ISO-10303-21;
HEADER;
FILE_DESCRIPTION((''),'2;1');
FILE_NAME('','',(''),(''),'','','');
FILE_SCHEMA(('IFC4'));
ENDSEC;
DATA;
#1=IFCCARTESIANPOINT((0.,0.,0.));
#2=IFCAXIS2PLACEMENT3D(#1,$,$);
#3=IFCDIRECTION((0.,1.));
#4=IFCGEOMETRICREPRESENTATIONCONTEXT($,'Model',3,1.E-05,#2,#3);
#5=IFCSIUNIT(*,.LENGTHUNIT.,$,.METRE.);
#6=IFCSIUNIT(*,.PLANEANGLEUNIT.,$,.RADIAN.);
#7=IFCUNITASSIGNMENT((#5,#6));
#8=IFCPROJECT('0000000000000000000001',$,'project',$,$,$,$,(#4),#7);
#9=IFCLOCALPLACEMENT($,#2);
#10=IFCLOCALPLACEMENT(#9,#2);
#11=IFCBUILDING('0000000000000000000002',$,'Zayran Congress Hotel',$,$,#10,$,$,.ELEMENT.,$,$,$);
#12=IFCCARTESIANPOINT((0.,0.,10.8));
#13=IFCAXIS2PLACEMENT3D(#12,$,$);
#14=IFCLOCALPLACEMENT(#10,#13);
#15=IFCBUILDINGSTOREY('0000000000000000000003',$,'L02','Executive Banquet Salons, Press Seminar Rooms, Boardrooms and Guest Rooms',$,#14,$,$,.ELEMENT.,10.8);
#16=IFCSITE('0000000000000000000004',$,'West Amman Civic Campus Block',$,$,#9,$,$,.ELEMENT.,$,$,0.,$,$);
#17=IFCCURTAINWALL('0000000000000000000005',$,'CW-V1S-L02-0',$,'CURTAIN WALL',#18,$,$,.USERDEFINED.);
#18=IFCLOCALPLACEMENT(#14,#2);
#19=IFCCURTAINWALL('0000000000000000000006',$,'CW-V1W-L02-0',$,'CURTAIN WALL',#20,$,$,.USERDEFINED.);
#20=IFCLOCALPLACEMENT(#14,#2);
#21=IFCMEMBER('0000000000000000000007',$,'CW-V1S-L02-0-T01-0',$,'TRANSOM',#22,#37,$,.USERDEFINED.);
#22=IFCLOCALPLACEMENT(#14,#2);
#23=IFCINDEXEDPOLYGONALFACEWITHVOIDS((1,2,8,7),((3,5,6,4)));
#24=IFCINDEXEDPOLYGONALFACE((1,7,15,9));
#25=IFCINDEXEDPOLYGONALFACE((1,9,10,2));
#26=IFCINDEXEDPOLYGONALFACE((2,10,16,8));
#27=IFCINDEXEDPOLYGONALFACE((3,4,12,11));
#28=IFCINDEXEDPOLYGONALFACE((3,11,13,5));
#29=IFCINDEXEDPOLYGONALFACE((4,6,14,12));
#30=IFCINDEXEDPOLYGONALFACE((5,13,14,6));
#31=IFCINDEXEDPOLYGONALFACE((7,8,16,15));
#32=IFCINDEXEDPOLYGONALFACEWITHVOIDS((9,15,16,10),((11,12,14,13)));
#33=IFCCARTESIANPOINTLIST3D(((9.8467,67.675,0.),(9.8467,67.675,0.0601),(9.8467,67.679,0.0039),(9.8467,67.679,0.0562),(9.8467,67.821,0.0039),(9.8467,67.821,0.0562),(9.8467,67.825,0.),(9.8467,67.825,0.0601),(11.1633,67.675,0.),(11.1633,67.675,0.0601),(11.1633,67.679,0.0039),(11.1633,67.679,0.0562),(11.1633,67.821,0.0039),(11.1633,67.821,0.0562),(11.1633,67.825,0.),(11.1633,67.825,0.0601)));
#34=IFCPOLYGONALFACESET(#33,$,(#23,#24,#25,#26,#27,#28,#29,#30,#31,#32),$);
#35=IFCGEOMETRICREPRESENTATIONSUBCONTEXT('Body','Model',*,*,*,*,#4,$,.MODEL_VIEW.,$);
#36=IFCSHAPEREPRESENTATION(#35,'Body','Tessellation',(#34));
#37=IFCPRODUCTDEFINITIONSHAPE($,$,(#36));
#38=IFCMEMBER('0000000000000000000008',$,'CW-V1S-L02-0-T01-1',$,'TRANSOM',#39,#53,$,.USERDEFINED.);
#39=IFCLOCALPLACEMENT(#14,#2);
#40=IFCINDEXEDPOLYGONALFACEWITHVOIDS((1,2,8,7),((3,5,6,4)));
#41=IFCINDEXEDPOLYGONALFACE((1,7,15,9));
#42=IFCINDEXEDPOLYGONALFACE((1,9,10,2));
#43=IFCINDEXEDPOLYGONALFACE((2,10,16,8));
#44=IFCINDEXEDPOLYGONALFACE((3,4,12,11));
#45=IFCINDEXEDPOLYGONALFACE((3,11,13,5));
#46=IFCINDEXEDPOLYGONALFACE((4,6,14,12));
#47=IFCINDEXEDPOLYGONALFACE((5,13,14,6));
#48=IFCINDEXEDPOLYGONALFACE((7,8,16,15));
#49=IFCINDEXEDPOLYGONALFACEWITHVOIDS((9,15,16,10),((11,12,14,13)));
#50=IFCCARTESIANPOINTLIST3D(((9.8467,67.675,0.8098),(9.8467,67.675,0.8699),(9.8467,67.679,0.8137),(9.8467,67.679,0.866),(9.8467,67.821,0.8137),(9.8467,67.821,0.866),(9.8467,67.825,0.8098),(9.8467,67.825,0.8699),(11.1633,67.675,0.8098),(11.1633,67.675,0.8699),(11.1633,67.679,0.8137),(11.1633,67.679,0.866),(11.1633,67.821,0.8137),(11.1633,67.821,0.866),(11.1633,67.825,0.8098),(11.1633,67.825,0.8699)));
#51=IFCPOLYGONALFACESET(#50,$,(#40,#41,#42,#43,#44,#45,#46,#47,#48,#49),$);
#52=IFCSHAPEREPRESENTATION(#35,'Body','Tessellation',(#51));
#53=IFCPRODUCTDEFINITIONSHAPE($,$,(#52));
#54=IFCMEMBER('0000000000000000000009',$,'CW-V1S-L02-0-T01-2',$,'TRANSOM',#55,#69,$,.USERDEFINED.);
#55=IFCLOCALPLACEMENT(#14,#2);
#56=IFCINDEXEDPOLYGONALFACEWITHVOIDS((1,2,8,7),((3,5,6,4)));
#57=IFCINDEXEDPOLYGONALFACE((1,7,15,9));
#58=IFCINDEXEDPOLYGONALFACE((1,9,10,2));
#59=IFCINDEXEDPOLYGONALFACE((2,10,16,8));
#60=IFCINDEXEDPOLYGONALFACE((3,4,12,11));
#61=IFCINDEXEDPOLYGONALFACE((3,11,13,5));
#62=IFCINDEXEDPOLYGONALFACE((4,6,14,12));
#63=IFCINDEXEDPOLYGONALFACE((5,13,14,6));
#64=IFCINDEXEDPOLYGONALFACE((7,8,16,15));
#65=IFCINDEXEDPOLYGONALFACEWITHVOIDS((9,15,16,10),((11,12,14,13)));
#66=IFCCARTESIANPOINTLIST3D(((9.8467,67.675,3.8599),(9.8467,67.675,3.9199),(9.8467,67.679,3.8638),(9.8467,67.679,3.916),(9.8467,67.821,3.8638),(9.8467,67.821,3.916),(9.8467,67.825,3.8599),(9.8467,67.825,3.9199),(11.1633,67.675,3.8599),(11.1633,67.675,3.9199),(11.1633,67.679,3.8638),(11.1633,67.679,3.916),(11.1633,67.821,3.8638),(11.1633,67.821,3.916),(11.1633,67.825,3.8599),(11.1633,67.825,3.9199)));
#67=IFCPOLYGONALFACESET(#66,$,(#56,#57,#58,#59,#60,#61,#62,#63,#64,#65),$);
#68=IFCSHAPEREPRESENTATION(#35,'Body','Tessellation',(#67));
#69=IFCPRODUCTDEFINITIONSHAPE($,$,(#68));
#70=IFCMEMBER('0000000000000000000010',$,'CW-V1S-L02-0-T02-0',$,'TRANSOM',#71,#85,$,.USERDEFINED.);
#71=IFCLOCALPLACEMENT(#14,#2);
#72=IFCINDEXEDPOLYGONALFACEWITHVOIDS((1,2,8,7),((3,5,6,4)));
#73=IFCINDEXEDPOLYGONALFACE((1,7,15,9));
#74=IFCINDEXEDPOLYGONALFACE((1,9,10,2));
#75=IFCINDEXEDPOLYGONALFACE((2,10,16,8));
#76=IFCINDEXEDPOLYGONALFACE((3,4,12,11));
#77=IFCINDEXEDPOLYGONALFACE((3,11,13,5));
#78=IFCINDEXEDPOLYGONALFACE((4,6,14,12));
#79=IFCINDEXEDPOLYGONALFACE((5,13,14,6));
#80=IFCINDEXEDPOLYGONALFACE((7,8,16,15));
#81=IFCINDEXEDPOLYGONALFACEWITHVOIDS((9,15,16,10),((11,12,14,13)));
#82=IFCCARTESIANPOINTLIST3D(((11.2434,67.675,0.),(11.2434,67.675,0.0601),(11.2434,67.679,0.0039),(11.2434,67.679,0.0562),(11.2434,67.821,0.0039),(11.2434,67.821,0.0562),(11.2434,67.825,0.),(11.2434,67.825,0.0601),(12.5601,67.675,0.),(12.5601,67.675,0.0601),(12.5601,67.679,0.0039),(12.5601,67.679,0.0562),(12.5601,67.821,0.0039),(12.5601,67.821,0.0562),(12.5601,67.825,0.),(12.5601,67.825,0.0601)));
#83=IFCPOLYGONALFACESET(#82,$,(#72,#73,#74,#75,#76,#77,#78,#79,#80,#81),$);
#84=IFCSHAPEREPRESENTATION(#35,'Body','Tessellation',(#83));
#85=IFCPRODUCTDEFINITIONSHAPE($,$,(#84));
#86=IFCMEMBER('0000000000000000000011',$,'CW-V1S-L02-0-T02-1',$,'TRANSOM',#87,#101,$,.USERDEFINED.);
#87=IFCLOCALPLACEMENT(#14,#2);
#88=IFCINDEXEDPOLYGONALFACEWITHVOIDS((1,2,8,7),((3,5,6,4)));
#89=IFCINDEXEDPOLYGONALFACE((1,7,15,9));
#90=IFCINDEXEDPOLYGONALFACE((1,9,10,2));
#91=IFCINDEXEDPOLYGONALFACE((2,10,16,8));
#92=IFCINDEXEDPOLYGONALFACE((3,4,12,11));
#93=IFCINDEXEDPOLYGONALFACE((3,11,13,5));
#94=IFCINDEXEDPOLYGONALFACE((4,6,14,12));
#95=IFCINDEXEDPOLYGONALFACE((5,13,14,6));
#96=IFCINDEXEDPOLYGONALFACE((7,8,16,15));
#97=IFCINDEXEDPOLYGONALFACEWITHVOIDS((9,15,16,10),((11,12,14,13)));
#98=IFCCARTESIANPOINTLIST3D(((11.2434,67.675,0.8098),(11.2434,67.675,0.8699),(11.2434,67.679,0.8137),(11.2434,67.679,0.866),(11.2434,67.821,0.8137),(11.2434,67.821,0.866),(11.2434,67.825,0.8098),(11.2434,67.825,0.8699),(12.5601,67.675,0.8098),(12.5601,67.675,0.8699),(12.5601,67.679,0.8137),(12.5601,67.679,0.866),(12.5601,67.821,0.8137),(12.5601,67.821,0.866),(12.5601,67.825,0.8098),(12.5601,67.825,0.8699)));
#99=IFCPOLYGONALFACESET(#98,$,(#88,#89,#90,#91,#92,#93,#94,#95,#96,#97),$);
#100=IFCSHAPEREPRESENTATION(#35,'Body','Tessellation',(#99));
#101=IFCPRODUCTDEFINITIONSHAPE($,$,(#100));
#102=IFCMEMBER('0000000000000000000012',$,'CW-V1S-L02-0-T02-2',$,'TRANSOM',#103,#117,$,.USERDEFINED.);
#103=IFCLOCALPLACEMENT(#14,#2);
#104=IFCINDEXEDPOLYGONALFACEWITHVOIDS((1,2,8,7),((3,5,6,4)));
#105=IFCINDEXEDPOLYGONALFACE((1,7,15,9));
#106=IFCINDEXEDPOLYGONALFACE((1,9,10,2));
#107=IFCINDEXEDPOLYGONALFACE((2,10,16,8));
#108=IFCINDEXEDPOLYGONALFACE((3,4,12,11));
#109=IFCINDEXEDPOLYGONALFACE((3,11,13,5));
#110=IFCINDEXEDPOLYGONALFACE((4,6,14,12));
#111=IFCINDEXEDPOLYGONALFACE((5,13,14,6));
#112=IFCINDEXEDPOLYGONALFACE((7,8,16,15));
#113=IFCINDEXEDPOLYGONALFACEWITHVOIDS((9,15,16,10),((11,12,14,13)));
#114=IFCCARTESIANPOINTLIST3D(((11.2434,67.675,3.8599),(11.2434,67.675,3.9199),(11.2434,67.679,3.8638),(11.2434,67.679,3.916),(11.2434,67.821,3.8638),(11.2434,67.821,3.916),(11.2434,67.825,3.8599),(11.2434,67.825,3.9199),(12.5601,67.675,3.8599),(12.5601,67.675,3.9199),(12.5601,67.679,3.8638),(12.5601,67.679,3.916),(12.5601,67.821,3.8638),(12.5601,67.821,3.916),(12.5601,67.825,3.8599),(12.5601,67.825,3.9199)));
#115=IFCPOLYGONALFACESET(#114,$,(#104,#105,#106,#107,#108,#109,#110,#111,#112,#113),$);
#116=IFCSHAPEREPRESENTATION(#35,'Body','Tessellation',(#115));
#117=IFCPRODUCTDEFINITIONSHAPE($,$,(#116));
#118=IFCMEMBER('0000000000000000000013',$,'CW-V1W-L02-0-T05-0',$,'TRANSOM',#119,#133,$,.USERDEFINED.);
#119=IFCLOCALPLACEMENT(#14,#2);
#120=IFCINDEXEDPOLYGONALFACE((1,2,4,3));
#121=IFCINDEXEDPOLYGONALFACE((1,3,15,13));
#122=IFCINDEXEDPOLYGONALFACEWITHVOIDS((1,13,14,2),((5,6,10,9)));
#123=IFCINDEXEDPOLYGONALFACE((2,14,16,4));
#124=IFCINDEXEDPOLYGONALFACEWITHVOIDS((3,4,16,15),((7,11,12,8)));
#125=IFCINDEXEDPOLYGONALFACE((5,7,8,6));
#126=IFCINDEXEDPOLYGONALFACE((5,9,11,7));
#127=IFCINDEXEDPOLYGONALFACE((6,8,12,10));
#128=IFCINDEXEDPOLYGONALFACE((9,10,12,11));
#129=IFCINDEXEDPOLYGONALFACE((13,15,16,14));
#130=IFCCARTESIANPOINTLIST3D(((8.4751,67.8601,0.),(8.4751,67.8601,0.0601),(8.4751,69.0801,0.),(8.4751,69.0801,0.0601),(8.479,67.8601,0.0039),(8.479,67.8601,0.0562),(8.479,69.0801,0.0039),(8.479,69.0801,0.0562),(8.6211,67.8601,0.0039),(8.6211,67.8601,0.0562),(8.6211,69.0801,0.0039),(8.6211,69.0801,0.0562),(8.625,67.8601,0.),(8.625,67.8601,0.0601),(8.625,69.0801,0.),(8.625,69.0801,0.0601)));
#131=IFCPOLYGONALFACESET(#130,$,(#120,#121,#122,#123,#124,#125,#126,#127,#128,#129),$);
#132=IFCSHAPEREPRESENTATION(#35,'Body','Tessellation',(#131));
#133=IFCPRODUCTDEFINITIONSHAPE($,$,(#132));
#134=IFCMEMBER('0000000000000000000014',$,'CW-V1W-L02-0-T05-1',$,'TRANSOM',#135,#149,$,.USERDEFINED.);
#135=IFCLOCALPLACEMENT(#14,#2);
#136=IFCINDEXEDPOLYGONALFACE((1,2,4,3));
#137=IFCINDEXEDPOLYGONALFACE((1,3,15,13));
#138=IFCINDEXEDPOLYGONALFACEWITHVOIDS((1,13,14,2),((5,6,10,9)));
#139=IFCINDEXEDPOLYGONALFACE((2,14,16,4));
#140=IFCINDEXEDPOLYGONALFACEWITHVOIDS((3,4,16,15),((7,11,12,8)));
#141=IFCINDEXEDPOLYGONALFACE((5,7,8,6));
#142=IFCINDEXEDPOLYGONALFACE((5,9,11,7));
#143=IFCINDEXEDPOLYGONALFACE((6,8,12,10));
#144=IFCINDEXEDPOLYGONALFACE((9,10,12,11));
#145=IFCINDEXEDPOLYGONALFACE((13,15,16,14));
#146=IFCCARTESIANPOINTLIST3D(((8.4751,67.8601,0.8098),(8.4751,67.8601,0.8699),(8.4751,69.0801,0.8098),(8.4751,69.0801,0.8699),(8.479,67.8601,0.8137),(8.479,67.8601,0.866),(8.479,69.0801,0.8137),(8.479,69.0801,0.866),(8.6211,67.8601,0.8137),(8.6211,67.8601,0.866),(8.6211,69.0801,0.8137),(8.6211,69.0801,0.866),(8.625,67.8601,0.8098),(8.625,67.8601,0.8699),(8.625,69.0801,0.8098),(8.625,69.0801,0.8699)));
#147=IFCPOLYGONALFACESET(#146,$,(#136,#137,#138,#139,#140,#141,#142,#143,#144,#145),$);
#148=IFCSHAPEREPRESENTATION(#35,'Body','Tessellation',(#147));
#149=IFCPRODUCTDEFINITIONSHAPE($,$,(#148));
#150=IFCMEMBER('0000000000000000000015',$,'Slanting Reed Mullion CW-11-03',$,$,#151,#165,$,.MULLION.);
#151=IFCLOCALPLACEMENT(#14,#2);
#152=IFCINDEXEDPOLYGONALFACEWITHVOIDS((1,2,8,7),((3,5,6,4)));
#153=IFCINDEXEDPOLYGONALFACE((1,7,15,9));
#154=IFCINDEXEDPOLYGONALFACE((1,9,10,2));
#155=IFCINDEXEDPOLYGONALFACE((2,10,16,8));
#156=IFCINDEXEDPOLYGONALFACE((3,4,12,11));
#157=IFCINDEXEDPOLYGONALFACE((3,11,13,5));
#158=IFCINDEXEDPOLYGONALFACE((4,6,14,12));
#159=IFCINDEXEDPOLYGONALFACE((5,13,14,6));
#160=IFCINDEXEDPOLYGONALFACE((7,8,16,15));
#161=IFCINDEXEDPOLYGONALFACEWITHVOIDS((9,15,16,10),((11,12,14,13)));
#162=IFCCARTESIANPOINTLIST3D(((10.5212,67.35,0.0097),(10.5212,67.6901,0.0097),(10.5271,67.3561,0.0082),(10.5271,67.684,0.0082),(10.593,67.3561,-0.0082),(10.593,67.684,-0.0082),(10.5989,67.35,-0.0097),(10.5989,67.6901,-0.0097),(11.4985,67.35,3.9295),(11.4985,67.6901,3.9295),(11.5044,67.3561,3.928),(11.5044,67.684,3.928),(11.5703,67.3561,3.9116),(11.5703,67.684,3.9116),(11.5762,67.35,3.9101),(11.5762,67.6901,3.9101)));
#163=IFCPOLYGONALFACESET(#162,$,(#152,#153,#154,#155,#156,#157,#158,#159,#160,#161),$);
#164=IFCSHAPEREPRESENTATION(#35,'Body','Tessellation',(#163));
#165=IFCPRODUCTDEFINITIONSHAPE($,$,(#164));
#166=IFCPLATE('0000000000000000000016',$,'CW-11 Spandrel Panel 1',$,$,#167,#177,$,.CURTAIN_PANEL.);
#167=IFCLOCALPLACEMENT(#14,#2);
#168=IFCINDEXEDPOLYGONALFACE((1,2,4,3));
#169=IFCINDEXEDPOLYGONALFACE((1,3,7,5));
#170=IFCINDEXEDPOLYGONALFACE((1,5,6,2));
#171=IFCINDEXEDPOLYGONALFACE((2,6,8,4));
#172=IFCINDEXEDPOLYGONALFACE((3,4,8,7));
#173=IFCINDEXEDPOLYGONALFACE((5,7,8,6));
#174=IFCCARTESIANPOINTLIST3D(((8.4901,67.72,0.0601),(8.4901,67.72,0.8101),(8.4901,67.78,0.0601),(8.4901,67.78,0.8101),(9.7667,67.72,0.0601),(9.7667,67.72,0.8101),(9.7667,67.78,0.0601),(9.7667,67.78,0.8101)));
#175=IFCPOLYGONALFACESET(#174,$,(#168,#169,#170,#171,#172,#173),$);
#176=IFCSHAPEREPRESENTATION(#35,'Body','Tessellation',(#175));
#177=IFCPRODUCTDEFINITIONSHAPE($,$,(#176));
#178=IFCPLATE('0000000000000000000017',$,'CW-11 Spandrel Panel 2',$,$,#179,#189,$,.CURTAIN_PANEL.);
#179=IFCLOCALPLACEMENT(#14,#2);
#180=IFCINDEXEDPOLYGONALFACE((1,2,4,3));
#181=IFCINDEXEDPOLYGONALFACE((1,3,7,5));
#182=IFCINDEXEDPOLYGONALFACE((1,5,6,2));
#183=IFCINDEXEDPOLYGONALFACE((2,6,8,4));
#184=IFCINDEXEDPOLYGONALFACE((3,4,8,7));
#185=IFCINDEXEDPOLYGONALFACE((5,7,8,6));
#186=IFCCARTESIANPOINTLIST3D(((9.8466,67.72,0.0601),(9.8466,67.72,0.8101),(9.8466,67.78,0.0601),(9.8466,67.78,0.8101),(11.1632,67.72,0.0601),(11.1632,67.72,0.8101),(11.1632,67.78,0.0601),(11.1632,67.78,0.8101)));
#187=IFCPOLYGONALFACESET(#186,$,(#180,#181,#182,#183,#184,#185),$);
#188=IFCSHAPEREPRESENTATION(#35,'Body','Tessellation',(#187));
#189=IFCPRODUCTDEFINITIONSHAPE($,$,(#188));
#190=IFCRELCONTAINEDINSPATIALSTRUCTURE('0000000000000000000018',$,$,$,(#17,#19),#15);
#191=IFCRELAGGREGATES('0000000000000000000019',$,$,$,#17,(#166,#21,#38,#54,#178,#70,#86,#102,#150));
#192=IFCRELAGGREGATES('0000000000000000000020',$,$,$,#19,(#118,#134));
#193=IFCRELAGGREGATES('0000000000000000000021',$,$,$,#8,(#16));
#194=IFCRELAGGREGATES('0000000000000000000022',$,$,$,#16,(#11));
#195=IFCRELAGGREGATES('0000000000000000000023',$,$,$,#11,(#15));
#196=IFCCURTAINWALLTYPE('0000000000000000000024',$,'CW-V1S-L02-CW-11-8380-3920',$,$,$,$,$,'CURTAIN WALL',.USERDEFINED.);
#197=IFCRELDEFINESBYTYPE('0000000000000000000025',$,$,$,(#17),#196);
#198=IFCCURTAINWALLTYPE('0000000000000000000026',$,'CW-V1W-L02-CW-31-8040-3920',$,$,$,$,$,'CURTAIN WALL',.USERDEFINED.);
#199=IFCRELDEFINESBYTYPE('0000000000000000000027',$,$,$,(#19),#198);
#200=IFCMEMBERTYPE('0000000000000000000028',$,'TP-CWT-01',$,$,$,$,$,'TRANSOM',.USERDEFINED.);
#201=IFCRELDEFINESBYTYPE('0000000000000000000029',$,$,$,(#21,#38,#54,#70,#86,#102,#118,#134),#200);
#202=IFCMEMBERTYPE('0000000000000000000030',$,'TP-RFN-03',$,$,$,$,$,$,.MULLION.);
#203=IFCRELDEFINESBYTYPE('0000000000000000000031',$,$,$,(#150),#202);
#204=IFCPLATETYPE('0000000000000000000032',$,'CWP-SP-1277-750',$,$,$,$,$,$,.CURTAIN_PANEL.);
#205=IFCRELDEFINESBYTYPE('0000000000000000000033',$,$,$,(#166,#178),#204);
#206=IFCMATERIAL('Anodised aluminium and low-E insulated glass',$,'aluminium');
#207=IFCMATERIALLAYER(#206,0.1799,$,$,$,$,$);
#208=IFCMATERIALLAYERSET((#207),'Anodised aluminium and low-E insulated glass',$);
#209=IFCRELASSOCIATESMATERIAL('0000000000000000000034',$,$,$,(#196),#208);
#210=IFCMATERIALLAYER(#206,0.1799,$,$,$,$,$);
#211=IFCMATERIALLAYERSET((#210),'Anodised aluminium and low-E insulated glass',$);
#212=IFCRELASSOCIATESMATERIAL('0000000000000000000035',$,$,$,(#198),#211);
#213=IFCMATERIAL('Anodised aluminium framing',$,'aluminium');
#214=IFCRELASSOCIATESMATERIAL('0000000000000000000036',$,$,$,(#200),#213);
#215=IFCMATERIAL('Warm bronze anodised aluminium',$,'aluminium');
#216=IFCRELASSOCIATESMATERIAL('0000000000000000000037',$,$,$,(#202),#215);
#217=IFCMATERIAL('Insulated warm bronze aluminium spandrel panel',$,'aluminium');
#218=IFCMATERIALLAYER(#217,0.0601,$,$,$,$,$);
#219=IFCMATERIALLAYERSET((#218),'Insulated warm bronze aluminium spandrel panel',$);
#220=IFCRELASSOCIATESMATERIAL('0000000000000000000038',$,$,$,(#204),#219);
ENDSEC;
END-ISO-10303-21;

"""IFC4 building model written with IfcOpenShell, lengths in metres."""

from ifc_helpers import new_model, si_unit, direction, frame, origin, origin_2d, place, context, subcontext, project, spatial, rectangle, hollow_rectangle, extrude, material, layer, layer_set, material_profile, profile_set, type_object, element, aggregate, save


model = new_model("IFC4")

# Units and contexts
model_context = context("Model", 3, precision=1e-05, world=origin(), true_north=direction((0.0, 1.0)))
body_context = subcontext(model_context, "Body", "Model", "MODEL_VIEW")
ifc_project = project(units=[si_unit("LENGTHUNIT", "METRE"), si_unit("PLANEANGLEUNIT", "RADIAN")], contexts=[model_context])

# Site, building, storey
site_placement = place(None, origin())
site = spatial("IfcSite", under=ifc_project, at=site_placement, Name="West Amman Civic Campus Block", CompositionType="ELEMENT", RefElevation=0.0)
building_placement = place(site_placement, origin())
building = spatial("IfcBuilding", under=site, at=building_placement, Name="Zayran Congress Hotel", CompositionType="ELEMENT")
storey_placement = place(building_placement, frame((0.0, 0.0, 10.8)))
storey = spatial("IfcBuildingStorey", under=building, at=storey_placement, Name="L02", Description="Executive Banquet Salons, Press Seminar Rooms, Boardrooms and Guest Rooms", CompositionType="ELEMENT", Elevation=10.8)

# Curtain wall
ifc_material_1 = material(Name="Anodised aluminium and low-E insulated glass", Category="aluminium")
ifc_layer_1 = layer(ifc_material_1, 0.1799)
ifc_layer_set_1 = layer_set([ifc_layer_1], Name="Anodised aluminium and low-E insulated glass")
curtain_wall_type_1 = type_object("IfcCurtainWallType", Name="CW-V1S-L02-CW-11-8380-3920", ElementType="CURTAIN WALL", PredefinedType="USERDEFINED", material=ifc_layer_set_1)
curtain_wall_1_placement = place(storey_placement, origin())
curtain_wall_1 = element("IfcCurtainWall", 1, at=curtain_wall_1_placement, inside=storey, type_object=curtain_wall_type_1, Name="CW-V1S-L02-0", ObjectType="CURTAIN WALL", PredefinedType="USERDEFINED")
ifc_material_2 = material(Name="Anodised aluminium framing", Category="aluminium")

# Curtain wall
ifc_layer_2 = layer(ifc_material_1, 0.1799)
ifc_layer_set_2 = layer_set([ifc_layer_2], Name="Anodised aluminium and low-E insulated glass")
curtain_wall_type_2 = type_object("IfcCurtainWallType", Name="CW-V1W-L02-CW-31-8040-3920", ElementType="CURTAIN WALL", PredefinedType="USERDEFINED", material=ifc_layer_set_2)
curtain_wall_2_placement = place(storey_placement, origin())
curtain_wall_2 = element("IfcCurtainWall", 2, at=curtain_wall_2_placement, inside=storey, type_object=curtain_wall_type_2, Name="CW-V1W-L02-0", ObjectType="CURTAIN WALL", PredefinedType="USERDEFINED")

# Members
ifc_material_profile_1 = material_profile(ifc_material_2, hollow_rectangle(XDim=0.0601, YDim=0.1499, WallThickness=0.0039, at=origin_2d()), Name="RHS 150x60x4")
ifc_profile_set_1 = profile_set([ifc_material_profile_1], Name="Anodised aluminium framing")
member_type_1 = type_object("IfcMemberType", Name="TP-CWT-01", ElementType="TRANSOM", PredefinedType="USERDEFINED", material=ifc_profile_set_1)
member_1_placement = place(storey_placement, frame((9.8467, 67.75, 0.03), z_axis=(1.0, 0.0, 0.0), x_axis=(0.0, 0.0, 1.0)))
member_1 = element("IfcMember", 3, at=member_1_placement, type_object=member_type_1, Name="CW-V1S-L02-0-T01-0", ObjectType="TRANSOM", PredefinedType="USERDEFINED", context=body_context, shape_type="SweptSolid", body=[
    extrude(hollow_rectangle(XDim=0.0601, YDim=0.1499, WallThickness=0.0039, at=origin_2d()), origin(), (0.0, 0.0, 1.0), 1.3167),
])
member_2_placement = place(storey_placement, frame((9.8467, 67.75, 0.8398), z_axis=(1.0, 0.0, 0.0), x_axis=(0.0, 0.0, 1.0)))
member_2 = element("IfcMember", 4, at=member_2_placement, type_object=member_type_1, Name="CW-V1S-L02-0-T01-1", ObjectType="TRANSOM", PredefinedType="USERDEFINED", context=body_context, shape_type="SweptSolid", body=[
    extrude(hollow_rectangle(XDim=0.0601, YDim=0.1499, WallThickness=0.0039, at=origin_2d()), origin(), (0.0, 0.0, 1.0), 1.3167),
])
member_3_placement = place(storey_placement, frame((9.8467, 67.75, 3.8899), z_axis=(1.0, 0.0, 0.0), x_axis=(0.0, 0.0, 1.0)))
member_3 = element("IfcMember", 5, at=member_3_placement, type_object=member_type_1, Name="CW-V1S-L02-0-T01-2", ObjectType="TRANSOM", PredefinedType="USERDEFINED", context=body_context, shape_type="SweptSolid", body=[
    extrude(hollow_rectangle(XDim=0.0601, YDim=0.1499, WallThickness=0.0039, at=origin_2d()), origin(), (0.0, 0.0, 1.0), 1.3167),
])
member_4_placement = place(storey_placement, frame((11.2434, 67.75, 0.03), z_axis=(1.0, 0.0, 0.0), x_axis=(0.0, 0.0, 1.0)))
member_4 = element("IfcMember", 6, at=member_4_placement, type_object=member_type_1, Name="CW-V1S-L02-0-T02-0", ObjectType="TRANSOM", PredefinedType="USERDEFINED", context=body_context, shape_type="SweptSolid", body=[
    extrude(hollow_rectangle(XDim=0.0601, YDim=0.1499, WallThickness=0.0039, at=origin_2d()), origin(), (0.0, 0.0, 1.0), 1.3167),
])
member_5_placement = place(storey_placement, frame((11.2434, 67.75, 0.8398), z_axis=(1.0, 0.0, 0.0), x_axis=(0.0, 0.0, 1.0)))
member_5 = element("IfcMember", 7, at=member_5_placement, type_object=member_type_1, Name="CW-V1S-L02-0-T02-1", ObjectType="TRANSOM", PredefinedType="USERDEFINED", context=body_context, shape_type="SweptSolid", body=[
    extrude(hollow_rectangle(XDim=0.0601, YDim=0.1499, WallThickness=0.0039, at=origin_2d()), origin(), (0.0, 0.0, 1.0), 1.3167),
])
member_6_placement = place(storey_placement, frame((11.2434, 67.75, 3.8899), z_axis=(1.0, 0.0, 0.0), x_axis=(0.0, 0.0, 1.0)))
member_6 = element("IfcMember", 8, at=member_6_placement, type_object=member_type_1, Name="CW-V1S-L02-0-T02-2", ObjectType="TRANSOM", PredefinedType="USERDEFINED", context=body_context, shape_type="SweptSolid", body=[
    extrude(hollow_rectangle(XDim=0.0601, YDim=0.1499, WallThickness=0.0039, at=origin_2d()), origin(), (0.0, 0.0, 1.0), 1.3167),
])
member_7_placement = place(storey_placement, frame((8.55, 69.0801, 0.03), z_axis=(0.0, -1.0, 0.0), x_axis=(0.0, 0.0, 1.0)))
member_7 = element("IfcMember", 9, at=member_7_placement, type_object=member_type_1, Name="CW-V1W-L02-0-T05-0", ObjectType="TRANSOM", PredefinedType="USERDEFINED", context=body_context, shape_type="SweptSolid", body=[
    extrude(hollow_rectangle(XDim=0.0601, YDim=0.1499, WallThickness=0.0039, at=origin_2d()), origin(), (0.0, 0.0, 1.0), 1.22),
])
member_8_placement = place(storey_placement, frame((8.55, 69.0801, 0.8398), z_axis=(0.0, -1.0, 0.0), x_axis=(0.0, 0.0, 1.0)))
member_8 = element("IfcMember", 10, at=member_8_placement, type_object=member_type_1, Name="CW-V1W-L02-0-T05-1", ObjectType="TRANSOM", PredefinedType="USERDEFINED", context=body_context, shape_type="SweptSolid", body=[
    extrude(hollow_rectangle(XDim=0.0601, YDim=0.1499, WallThickness=0.0039, at=origin_2d()), origin(), (0.0, 0.0, 1.0), 1.22),
])
ifc_material_3 = material(Name="Warm bronze anodised aluminium", Category="aluminium")
ifc_material_profile_2 = material_profile(ifc_material_3, hollow_rectangle(XDim=0.0801, YDim=0.3401, WallThickness=0.0061, at=origin_2d()), Name="RHS 340x80x6")
ifc_profile_set_2 = profile_set([ifc_material_profile_2], Name="Warm bronze anodised aluminium")
member_type_2 = type_object("IfcMemberType", Name="TP-RFN-03", PredefinedType="MULLION", material=ifc_profile_set_2)
member_9_placement = place(storey_placement, frame((10.5601, 67.52, 0.0), z_axis=(0.24191, 0.0, 0.970299), x_axis=(-0.970299, 0.0, 0.24191)))
member_9 = element("IfcMember", 11, at=member_9_placement, type_object=member_type_2, Name="Slanting Reed Mullion CW-11-03", PredefinedType="MULLION", context=body_context, shape_type="SweptSolid", body=[
    extrude(hollow_rectangle(XDim=0.0801, YDim=0.3401, WallThickness=0.0061, at=origin_2d()), origin(), (0.0, 0.0, 1.0), 4.0398),
])

# Plates
ifc_material_4 = material(Name="Insulated warm bronze aluminium spandrel panel", Category="aluminium")
ifc_layer_3 = layer(ifc_material_4, 0.0601)
ifc_layer_set_3 = layer_set([ifc_layer_3], Name="Insulated warm bronze aluminium spandrel panel")
plate_type_1 = type_object("IfcPlateType", Name="CWP-SP-1277-750", PredefinedType="CURTAIN_PANEL", material=ifc_layer_set_3)
plate_1_placement = place(storey_placement, frame((9.1284, 67.75, 0.0601), z_axis=(0.0, 0.0, 1.0), x_axis=(1.0, 0.0, 0.0)))
plate_1 = element("IfcPlate", 12, at=plate_1_placement, type_object=plate_type_1, Name="CW-11 Spandrel Panel 1", PredefinedType="CURTAIN_PANEL", context=body_context, shape_type="SweptSolid", body=[
    extrude(rectangle(XDim=1.2766, YDim=0.0601, at=origin_2d()), origin(), (0.0, 0.0, 1.0), 0.75),
])
plate_2_placement = place(storey_placement, frame((10.5049, 67.75, 0.0601), z_axis=(0.0, 0.0, 1.0), x_axis=(1.0, 0.0, 0.0)))
plate_2 = element("IfcPlate", 13, at=plate_2_placement, type_object=plate_type_1, Name="CW-11 Spandrel Panel 2", PredefinedType="CURTAIN_PANEL", context=body_context, shape_type="SweptSolid", body=[
    extrude(rectangle(XDim=1.3167, YDim=0.0601, at=origin_2d()), origin(), (0.0, 0.0, 1.0), 0.75),
])
aggregate(curtain_wall_1, [plate_1, member_1, member_2, member_3, plate_2, member_4, member_5, member_6, member_9])
aggregate(curtain_wall_2, [member_7, member_8])

save(model, "model.ifc")
